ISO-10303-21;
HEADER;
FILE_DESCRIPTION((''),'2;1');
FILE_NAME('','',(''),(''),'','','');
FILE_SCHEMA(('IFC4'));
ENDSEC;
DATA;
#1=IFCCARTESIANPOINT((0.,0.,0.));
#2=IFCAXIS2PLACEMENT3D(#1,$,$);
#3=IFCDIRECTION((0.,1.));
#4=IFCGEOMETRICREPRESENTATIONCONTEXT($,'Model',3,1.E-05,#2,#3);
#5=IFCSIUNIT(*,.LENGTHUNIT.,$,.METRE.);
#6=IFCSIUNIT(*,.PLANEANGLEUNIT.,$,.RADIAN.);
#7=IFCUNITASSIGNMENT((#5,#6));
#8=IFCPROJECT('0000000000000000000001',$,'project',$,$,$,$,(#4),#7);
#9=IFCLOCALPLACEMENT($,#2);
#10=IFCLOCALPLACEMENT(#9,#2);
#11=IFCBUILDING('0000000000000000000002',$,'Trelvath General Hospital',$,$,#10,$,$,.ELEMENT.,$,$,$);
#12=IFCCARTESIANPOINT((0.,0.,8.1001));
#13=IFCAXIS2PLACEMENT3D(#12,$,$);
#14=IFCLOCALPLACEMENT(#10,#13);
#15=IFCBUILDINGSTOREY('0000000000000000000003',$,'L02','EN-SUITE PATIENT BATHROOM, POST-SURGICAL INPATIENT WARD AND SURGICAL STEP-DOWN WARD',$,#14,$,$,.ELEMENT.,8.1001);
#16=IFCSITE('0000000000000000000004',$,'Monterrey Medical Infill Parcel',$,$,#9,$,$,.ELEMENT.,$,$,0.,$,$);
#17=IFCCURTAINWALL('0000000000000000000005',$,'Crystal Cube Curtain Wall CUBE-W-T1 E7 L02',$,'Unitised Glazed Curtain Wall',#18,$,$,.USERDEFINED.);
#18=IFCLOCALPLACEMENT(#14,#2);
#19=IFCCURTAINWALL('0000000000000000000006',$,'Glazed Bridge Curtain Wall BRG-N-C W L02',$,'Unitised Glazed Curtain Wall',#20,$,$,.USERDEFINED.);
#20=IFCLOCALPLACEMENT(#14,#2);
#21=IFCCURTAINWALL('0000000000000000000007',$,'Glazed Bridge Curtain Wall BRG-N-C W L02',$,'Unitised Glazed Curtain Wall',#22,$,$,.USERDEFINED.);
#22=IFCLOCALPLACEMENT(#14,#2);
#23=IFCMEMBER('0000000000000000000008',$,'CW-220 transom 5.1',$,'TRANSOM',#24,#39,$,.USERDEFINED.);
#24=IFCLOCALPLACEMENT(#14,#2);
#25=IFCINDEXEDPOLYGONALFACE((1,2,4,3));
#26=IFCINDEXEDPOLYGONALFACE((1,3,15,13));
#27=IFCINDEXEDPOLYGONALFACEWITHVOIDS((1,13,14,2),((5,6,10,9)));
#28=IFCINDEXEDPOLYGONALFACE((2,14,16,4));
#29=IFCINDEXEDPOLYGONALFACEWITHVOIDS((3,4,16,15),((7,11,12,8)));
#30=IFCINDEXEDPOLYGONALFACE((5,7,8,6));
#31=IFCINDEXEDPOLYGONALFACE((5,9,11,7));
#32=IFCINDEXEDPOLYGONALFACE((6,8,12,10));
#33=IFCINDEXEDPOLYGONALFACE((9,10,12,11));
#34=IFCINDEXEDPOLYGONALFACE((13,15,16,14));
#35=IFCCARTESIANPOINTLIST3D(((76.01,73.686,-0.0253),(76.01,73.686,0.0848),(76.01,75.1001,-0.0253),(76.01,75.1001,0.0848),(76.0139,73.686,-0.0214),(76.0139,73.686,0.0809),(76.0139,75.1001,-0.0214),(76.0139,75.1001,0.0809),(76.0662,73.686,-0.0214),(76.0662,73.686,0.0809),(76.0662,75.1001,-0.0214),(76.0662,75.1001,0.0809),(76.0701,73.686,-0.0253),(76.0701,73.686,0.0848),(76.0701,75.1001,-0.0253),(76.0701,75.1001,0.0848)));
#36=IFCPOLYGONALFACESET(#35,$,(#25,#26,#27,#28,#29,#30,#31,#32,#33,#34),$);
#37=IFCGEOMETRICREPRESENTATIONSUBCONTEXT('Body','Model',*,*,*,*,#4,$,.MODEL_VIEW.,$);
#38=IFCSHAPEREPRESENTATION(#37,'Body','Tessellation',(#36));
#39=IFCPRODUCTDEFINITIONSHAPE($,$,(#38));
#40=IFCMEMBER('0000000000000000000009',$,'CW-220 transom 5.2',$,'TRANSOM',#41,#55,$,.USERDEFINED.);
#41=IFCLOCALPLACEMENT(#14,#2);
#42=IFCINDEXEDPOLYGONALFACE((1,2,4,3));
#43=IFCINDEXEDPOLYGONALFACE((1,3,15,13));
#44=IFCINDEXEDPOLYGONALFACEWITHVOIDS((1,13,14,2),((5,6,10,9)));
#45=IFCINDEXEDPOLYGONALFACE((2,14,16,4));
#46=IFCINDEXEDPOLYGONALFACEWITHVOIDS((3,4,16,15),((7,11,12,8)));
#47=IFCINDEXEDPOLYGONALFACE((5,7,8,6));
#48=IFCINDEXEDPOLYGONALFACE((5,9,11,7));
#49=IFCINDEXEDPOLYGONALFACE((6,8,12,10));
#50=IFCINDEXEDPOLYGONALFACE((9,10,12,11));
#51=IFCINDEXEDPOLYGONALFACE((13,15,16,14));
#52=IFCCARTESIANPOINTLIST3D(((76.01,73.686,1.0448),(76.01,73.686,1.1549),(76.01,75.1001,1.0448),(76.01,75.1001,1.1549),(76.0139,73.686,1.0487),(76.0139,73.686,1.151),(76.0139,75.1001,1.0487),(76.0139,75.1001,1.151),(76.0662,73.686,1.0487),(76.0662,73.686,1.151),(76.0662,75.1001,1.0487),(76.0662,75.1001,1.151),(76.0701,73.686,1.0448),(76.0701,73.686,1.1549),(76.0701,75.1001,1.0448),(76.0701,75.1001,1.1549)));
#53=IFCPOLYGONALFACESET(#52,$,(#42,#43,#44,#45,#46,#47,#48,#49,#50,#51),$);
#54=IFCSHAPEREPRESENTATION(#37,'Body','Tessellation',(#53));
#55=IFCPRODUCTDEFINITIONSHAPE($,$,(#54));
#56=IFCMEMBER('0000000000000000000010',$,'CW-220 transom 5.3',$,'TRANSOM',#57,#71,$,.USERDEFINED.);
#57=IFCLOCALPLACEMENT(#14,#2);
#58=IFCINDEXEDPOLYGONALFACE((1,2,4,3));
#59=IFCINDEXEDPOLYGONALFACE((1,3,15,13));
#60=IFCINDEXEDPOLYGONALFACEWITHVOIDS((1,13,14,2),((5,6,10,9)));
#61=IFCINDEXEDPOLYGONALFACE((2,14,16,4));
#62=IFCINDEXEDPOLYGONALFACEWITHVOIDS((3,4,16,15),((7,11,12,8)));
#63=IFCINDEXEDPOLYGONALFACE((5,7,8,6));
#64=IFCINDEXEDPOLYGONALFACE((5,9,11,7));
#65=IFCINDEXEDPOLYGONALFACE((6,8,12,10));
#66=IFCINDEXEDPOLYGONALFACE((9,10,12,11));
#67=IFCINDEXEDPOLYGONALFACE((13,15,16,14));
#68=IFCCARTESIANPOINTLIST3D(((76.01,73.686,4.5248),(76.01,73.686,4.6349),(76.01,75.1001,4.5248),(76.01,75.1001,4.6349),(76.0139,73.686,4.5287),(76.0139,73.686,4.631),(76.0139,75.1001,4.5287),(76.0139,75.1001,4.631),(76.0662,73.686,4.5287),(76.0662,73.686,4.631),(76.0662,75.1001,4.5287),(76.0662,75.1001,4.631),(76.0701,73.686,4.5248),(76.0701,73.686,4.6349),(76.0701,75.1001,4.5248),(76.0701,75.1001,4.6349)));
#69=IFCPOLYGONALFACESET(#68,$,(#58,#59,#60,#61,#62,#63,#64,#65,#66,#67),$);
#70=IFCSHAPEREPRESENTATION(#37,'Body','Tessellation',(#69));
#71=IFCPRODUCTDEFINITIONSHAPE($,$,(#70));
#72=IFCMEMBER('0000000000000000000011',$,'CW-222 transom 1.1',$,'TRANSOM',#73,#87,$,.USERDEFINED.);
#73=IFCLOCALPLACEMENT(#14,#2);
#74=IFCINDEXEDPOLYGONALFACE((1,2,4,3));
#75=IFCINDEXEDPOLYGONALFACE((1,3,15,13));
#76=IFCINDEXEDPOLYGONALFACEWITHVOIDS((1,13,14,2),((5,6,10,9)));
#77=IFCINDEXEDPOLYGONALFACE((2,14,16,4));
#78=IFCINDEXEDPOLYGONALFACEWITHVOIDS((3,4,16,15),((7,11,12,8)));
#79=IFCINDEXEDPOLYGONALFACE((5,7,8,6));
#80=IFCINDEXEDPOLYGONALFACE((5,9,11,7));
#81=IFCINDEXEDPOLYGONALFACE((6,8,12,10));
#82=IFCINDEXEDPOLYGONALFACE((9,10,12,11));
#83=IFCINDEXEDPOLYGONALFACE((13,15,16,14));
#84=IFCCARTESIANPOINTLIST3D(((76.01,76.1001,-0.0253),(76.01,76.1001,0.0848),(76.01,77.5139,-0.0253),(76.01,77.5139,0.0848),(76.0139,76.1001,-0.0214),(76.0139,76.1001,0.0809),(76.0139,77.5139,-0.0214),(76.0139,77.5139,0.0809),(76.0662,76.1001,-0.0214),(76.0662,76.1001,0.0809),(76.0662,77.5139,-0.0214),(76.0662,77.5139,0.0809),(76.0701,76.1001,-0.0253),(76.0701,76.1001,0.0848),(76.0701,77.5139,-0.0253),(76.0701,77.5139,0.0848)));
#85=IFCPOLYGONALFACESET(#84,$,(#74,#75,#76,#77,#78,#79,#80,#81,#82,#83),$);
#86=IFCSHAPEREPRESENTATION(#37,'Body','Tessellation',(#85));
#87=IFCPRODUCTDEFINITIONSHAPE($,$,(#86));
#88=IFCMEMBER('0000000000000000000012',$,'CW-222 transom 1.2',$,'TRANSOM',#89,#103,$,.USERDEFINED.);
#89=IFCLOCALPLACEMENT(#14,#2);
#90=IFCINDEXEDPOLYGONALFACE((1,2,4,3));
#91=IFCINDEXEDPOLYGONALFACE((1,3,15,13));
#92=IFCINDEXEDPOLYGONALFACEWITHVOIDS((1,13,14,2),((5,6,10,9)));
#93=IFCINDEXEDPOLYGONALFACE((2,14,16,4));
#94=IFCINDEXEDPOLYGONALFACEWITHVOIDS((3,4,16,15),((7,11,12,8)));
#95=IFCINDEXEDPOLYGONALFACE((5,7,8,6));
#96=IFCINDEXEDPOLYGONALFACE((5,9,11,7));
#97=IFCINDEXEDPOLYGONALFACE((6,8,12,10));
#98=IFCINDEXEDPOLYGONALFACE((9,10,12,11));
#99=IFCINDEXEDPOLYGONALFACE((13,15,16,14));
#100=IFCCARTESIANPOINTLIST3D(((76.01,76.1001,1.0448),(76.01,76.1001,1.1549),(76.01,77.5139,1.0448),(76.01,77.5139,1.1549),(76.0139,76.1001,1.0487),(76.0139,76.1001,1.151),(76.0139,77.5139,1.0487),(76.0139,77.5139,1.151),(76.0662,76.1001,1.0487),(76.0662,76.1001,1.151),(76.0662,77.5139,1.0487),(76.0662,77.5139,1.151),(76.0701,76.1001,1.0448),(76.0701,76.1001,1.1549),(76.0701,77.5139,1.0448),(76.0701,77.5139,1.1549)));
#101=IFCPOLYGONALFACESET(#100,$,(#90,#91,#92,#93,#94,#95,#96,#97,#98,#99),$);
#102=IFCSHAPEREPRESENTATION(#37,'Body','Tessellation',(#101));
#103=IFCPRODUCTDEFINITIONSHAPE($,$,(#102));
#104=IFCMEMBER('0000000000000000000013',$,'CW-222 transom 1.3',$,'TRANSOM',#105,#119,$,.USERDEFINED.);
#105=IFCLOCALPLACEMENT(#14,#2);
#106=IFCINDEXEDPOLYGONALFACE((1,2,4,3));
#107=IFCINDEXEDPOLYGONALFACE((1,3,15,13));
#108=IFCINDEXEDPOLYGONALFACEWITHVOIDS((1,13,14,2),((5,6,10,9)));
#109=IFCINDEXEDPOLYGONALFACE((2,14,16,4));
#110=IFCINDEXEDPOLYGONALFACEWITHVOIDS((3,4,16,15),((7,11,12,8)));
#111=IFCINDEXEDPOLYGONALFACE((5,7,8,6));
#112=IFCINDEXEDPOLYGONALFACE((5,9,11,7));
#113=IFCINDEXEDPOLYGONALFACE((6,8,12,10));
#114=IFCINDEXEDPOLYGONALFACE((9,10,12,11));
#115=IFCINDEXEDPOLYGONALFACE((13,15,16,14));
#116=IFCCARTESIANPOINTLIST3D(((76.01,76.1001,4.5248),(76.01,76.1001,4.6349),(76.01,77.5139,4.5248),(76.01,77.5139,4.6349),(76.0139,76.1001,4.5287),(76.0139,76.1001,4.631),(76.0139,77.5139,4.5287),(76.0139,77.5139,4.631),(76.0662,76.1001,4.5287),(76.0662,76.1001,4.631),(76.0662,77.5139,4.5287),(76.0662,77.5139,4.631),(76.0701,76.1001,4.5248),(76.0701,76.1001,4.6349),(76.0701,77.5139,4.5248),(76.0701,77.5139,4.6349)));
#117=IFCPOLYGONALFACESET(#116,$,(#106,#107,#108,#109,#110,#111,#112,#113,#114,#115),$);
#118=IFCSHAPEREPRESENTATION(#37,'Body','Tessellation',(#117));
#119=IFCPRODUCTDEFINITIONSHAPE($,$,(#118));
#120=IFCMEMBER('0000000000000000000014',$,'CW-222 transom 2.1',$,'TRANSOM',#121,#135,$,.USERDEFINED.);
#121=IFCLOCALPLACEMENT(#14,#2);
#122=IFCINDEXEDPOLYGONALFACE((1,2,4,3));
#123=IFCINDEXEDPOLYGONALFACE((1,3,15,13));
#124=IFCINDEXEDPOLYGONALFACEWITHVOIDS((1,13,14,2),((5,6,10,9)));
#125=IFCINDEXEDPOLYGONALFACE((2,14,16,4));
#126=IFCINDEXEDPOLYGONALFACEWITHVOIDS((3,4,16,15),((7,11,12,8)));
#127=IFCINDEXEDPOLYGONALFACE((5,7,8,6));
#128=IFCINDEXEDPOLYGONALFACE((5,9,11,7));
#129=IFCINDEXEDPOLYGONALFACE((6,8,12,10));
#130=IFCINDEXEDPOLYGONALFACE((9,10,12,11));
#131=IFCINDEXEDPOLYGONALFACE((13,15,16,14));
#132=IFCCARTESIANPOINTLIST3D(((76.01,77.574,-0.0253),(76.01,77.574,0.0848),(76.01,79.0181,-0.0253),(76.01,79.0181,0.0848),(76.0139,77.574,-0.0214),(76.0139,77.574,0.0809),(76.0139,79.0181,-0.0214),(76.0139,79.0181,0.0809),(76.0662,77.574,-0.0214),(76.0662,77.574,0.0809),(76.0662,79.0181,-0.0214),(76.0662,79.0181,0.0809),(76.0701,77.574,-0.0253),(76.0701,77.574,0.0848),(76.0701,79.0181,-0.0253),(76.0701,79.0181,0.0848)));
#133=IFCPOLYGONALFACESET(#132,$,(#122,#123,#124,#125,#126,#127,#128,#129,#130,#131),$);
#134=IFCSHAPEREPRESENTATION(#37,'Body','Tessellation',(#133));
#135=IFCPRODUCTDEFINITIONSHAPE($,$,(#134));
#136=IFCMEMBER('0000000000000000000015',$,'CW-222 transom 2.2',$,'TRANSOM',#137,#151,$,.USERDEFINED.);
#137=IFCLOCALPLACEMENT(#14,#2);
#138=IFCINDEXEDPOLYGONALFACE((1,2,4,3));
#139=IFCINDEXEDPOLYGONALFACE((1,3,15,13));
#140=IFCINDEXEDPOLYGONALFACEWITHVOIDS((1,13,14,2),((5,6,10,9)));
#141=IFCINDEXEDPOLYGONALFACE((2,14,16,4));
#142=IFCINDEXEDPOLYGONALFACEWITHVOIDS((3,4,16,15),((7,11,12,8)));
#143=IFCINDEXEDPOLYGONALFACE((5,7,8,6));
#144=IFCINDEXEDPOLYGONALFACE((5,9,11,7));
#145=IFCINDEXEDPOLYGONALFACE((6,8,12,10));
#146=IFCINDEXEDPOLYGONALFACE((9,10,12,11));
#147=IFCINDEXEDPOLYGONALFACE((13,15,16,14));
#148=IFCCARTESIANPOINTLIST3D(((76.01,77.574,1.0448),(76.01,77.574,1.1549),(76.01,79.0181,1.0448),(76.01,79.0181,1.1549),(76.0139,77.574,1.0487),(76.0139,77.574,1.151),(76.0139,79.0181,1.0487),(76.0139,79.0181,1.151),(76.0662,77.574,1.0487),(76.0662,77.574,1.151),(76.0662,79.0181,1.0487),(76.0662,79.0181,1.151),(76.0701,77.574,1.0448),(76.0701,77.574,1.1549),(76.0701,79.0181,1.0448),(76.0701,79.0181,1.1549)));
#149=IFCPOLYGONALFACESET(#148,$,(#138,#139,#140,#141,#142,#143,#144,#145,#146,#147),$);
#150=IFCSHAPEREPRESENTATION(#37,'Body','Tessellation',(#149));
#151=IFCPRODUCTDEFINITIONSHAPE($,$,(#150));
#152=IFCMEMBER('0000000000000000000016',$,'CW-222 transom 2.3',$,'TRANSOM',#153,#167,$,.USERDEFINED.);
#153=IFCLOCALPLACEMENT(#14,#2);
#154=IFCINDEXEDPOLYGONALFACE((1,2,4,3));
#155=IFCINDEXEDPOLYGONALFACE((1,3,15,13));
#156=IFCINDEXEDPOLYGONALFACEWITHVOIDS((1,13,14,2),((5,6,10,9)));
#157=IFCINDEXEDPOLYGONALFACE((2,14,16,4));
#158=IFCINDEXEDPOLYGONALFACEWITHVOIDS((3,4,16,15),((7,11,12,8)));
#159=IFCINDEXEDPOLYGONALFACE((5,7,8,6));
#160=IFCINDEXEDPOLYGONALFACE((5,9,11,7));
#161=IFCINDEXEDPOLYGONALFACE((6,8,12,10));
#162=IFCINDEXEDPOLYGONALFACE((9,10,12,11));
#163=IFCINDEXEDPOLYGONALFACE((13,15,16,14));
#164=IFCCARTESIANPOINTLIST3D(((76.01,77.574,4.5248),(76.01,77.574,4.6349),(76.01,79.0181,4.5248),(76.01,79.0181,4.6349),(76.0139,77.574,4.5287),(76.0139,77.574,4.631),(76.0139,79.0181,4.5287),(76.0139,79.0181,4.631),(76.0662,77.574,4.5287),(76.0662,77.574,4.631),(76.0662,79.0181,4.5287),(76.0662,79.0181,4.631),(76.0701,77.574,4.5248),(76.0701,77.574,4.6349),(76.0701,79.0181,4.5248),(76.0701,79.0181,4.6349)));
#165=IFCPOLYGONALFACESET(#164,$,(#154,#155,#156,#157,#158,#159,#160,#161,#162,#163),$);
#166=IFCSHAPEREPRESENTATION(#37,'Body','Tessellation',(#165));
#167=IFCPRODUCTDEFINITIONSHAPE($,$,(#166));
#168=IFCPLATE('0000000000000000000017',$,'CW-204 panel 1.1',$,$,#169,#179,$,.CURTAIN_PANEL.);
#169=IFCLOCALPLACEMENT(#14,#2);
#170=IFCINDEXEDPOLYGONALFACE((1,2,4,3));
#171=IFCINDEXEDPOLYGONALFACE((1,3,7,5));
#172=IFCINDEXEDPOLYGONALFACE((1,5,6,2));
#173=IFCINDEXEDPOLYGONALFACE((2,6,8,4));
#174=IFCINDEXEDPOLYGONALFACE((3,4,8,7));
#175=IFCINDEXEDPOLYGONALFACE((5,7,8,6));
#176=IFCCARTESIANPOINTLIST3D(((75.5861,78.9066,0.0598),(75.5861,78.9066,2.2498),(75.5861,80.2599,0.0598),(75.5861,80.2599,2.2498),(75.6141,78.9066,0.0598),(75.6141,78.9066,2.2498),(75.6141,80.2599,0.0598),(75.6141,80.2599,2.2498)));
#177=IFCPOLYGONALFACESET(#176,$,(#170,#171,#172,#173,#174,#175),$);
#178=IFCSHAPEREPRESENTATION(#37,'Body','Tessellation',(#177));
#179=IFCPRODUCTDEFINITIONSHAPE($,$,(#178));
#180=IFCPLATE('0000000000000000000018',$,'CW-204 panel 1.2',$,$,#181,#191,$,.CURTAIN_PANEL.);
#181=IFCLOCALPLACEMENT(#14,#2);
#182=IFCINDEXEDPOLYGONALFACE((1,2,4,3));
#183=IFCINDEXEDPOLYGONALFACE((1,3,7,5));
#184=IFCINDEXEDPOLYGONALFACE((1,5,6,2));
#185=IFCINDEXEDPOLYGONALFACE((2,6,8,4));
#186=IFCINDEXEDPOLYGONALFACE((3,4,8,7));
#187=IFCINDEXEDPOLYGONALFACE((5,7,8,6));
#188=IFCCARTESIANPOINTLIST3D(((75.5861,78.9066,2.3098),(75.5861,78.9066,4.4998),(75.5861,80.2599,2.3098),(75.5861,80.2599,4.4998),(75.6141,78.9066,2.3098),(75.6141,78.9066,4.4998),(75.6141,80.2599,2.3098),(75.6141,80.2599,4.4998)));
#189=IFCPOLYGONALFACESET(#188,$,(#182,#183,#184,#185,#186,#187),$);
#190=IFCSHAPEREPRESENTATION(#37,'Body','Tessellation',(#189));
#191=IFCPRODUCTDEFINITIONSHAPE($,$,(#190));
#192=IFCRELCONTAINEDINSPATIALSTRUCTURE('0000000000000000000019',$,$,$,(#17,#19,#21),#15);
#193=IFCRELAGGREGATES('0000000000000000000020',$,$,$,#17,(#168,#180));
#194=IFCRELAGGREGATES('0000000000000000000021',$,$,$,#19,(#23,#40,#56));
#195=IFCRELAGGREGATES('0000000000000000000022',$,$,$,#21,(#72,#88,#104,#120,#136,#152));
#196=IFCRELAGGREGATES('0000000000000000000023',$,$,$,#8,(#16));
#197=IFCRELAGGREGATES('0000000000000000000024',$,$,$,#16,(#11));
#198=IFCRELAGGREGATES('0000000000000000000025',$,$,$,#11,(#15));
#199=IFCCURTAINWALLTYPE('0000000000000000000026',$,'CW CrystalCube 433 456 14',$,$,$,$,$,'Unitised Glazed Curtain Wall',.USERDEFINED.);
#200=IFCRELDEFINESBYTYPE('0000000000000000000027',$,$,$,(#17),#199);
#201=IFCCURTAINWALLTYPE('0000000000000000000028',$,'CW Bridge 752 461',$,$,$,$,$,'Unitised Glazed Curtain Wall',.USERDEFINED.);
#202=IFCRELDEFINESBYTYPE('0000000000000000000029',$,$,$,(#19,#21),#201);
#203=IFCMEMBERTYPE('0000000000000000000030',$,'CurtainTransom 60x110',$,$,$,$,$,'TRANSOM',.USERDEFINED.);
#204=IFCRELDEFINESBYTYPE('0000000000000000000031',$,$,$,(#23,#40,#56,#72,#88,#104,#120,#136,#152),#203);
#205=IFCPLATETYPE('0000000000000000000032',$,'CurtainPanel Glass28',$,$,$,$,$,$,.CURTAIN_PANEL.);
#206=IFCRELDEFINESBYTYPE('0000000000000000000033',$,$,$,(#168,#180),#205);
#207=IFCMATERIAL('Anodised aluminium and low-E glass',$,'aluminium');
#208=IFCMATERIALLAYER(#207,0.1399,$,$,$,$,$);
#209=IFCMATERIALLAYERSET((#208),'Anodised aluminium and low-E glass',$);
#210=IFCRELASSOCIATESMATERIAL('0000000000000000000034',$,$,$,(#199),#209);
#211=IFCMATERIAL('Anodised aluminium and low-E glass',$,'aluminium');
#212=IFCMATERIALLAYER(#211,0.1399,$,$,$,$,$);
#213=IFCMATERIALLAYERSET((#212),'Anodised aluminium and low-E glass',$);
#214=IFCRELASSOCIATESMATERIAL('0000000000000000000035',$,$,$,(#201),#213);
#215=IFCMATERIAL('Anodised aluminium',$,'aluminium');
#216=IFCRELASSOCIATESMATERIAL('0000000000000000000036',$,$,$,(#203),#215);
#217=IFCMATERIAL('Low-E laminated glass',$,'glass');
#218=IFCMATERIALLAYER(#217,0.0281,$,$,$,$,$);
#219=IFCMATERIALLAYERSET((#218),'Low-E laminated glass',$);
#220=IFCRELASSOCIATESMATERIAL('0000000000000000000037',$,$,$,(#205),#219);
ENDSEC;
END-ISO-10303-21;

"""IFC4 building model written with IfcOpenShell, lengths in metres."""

from ifc_helpers import new_model, si_unit, direction, frame, origin, origin_2d, place, context, subcontext, project, spatial, rectangle, hollow_rectangle, extrude, material, layer, layer_set, material_profile, profile_set, type_object, element, aggregate, save


model = new_model("IFC4")

# Units and contexts
model_context = context("Model", 3, precision=1e-05, world=origin(), true_north=direction((0.0, 1.0)))
body_context = subcontext(model_context, "Body", "Model", "MODEL_VIEW")
ifc_project = project(units=[si_unit("LENGTHUNIT", "METRE"), si_unit("PLANEANGLEUNIT", "RADIAN")], contexts=[model_context])

# Site, building, storey
site_placement = place(None, origin())
site = spatial("IfcSite", under=ifc_project, at=site_placement, Name="Monterrey Medical Infill Parcel", CompositionType="ELEMENT", RefElevation=0.0)
building_placement = place(site_placement, origin())
building = spatial("IfcBuilding", under=site, at=building_placement, Name="Trelvath General Hospital", CompositionType="ELEMENT")
storey_placement = place(building_placement, frame((0.0, 0.0, 8.1001)))
storey = spatial("IfcBuildingStorey", under=building, at=storey_placement, Name="L02", Description="EN-SUITE PATIENT BATHROOM, POST-SURGICAL INPATIENT WARD AND SURGICAL STEP-DOWN WARD", CompositionType="ELEMENT", Elevation=8.1001)

# Curtain wall
ifc_material_1 = material(Name="Anodised aluminium and low-E glass", Category="aluminium")
ifc_layer_1 = layer(ifc_material_1, 0.1399)
ifc_layer_set_1 = layer_set([ifc_layer_1], Name="Anodised aluminium and low-E glass")
curtain_wall_type_1 = type_object("IfcCurtainWallType", Name="CW CrystalCube 433 456 14", ElementType="Unitised Glazed Curtain Wall", PredefinedType="USERDEFINED", material=ifc_layer_set_1)
curtain_wall_1_placement = place(storey_placement, origin())
curtain_wall_1 = element("IfcCurtainWall", 1, at=curtain_wall_1_placement, inside=storey, type_object=curtain_wall_type_1, Name="Crystal Cube Curtain Wall CUBE-W-T1 E7 L02", ObjectType="Unitised Glazed Curtain Wall", PredefinedType="USERDEFINED")

# Curtain wall
ifc_material_2 = material(Name="Anodised aluminium and low-E glass", Category="aluminium")
ifc_layer_2 = layer(ifc_material_2, 0.1399)
ifc_layer_set_2 = layer_set([ifc_layer_2], Name="Anodised aluminium and low-E glass")
curtain_wall_type_2 = type_object("IfcCurtainWallType", Name="CW Bridge 752 461", ElementType="Unitised Glazed Curtain Wall", PredefinedType="USERDEFINED", material=ifc_layer_set_2)
curtain_wall_2_placement = place(storey_placement, origin())
curtain_wall_2 = element("IfcCurtainWall", 2, at=curtain_wall_2_placement, inside=storey, type_object=curtain_wall_type_2, Name="Glazed Bridge Curtain Wall BRG-N-C W L02", ObjectType="Unitised Glazed Curtain Wall", PredefinedType="USERDEFINED")

# Curtain wall
curtain_wall_3_placement = place(storey_placement, origin())
curtain_wall_3 = element("IfcCurtainWall", 3, at=curtain_wall_3_placement, inside=storey, type_object=curtain_wall_type_2, Name="Glazed Bridge Curtain Wall BRG-N-C W L02", ObjectType="Unitised Glazed Curtain Wall", PredefinedType="USERDEFINED")

# Members
ifc_material_3 = material(Name="Anodised aluminium", Category="aluminium")
ifc_material_profile_1 = material_profile(ifc_material_3, hollow_rectangle(XDim=0.0601, YDim=0.1101, WallThickness=0.0039, at=origin_2d()), Name="RHS60x110x4")
ifc_profile_set_1 = profile_set([ifc_material_profile_1], Name="Anodised aluminium")
member_type_1 = type_object("IfcMemberType", Name="CurtainTransom 60x110", ElementType="TRANSOM", PredefinedType="USERDEFINED", material=ifc_profile_set_1)
member_1_placement = place(storey_placement, frame((76.04, 73.686, 0.0298), z_axis=(0.0, 1.0, 0.0), x_axis=(-1.0, 0.0, 0.0)))
member_1 = element("IfcMember", 4, at=member_1_placement, type_object=member_type_1, Name="CW-220 transom 5.1", ObjectType="TRANSOM", PredefinedType="USERDEFINED", context=body_context, shape_type="SweptSolid", body=[
    extrude(hollow_rectangle(XDim=0.0601, YDim=0.1101, WallThickness=0.0039, at=origin_2d()), origin(), (0.0, 0.0, 1.0), 1.4141),
])
member_2_placement = place(storey_placement, frame((76.04, 73.686, 1.0999), z_axis=(0.0, 1.0, 0.0), x_axis=(-1.0, 0.0, 0.0)))
member_2 = element("IfcMember", 5, at=member_2_placement, type_object=member_type_1, Name="CW-220 transom 5.2", ObjectType="TRANSOM", PredefinedType="USERDEFINED", context=body_context, shape_type="SweptSolid", body=[
    extrude(hollow_rectangle(XDim=0.0601, YDim=0.1101, WallThickness=0.0039, at=origin_2d()), origin(), (0.0, 0.0, 1.0), 1.4141),
])
member_3_placement = place(storey_placement, frame((76.04, 73.686, 4.5798), z_axis=(0.0, 1.0, 0.0), x_axis=(-1.0, 0.0, 0.0)))
member_3 = element("IfcMember", 6, at=member_3_placement, type_object=member_type_1, Name="CW-220 transom 5.3", ObjectType="TRANSOM", PredefinedType="USERDEFINED", context=body_context, shape_type="SweptSolid", body=[
    extrude(hollow_rectangle(XDim=0.0601, YDim=0.1101, WallThickness=0.0039, at=origin_2d()), origin(), (0.0, 0.0, 1.0), 1.4141),
])
member_4_placement = place(storey_placement, frame((76.04, 76.1001, 0.0298), z_axis=(0.0, 1.0, 0.0), x_axis=(-1.0, 0.0, 0.0)))
member_4 = element("IfcMember", 7, at=member_4_placement, type_object=member_type_1, Name="CW-222 transom 1.1", ObjectType="TRANSOM", PredefinedType="USERDEFINED", context=body_context, shape_type="SweptSolid", body=[
    extrude(hollow_rectangle(XDim=0.0601, YDim=0.1101, WallThickness=0.0039, at=origin_2d()), origin(), (0.0, 0.0, 1.0), 1.4138),
])
member_5_placement = place(storey_placement, frame((76.04, 76.1001, 1.0999), z_axis=(0.0, 1.0, 0.0), x_axis=(-1.0, 0.0, 0.0)))
member_5 = element("IfcMember", 8, at=member_5_placement, type_object=member_type_1, Name="CW-222 transom 1.2", ObjectType="TRANSOM", PredefinedType="USERDEFINED", context=body_context, shape_type="SweptSolid", body=[
    extrude(hollow_rectangle(XDim=0.0601, YDim=0.1101, WallThickness=0.0039, at=origin_2d()), origin(), (0.0, 0.0, 1.0), 1.4138),
])
member_6_placement = place(storey_placement, frame((76.04, 76.1001, 4.5798), z_axis=(0.0, 1.0, 0.0), x_axis=(-1.0, 0.0, 0.0)))
member_6 = element("IfcMember", 9, at=member_6_placement, type_object=member_type_1, Name="CW-222 transom 1.3", ObjectType="TRANSOM", PredefinedType="USERDEFINED", context=body_context, shape_type="SweptSolid", body=[
    extrude(hollow_rectangle(XDim=0.0601, YDim=0.1101, WallThickness=0.0039, at=origin_2d()), origin(), (0.0, 0.0, 1.0), 1.4138),
])
member_7_placement = place(storey_placement, frame((76.04, 77.574, 0.0298), z_axis=(0.0, 1.0, 0.0), x_axis=(-1.0, 0.0, 0.0)))
member_7 = element("IfcMember", 10, at=member_7_placement, type_object=member_type_1, Name="CW-222 transom 2.1", ObjectType="TRANSOM", PredefinedType="USERDEFINED", context=body_context, shape_type="SweptSolid", body=[
    extrude(hollow_rectangle(XDim=0.0601, YDim=0.1101, WallThickness=0.0039, at=origin_2d()), origin(), (0.0, 0.0, 1.0), 1.4441),
])
member_8_placement = place(storey_placement, frame((76.04, 77.574, 1.0999), z_axis=(0.0, 1.0, 0.0), x_axis=(-1.0, 0.0, 0.0)))
member_8 = element("IfcMember", 11, at=member_8_placement, type_object=member_type_1, Name="CW-222 transom 2.2", ObjectType="TRANSOM", PredefinedType="USERDEFINED", context=body_context, shape_type="SweptSolid", body=[
    extrude(hollow_rectangle(XDim=0.0601, YDim=0.1101, WallThickness=0.0039, at=origin_2d()), origin(), (0.0, 0.0, 1.0), 1.4441),
])
member_9_placement = place(storey_placement, frame((76.04, 77.574, 4.5798), z_axis=(0.0, 1.0, 0.0), x_axis=(-1.0, 0.0, 0.0)))
member_9 = element("IfcMember", 12, at=member_9_placement, type_object=member_type_1, Name="CW-222 transom 2.3", ObjectType="TRANSOM", PredefinedType="USERDEFINED", context=body_context, shape_type="SweptSolid", body=[
    extrude(hollow_rectangle(XDim=0.0601, YDim=0.1101, WallThickness=0.0039, at=origin_2d()), origin(), (0.0, 0.0, 1.0), 1.4441),
])

# Plates
ifc_material_4 = material(Name="Low-E laminated glass", Category="glass")
ifc_layer_3 = layer(ifc_material_4, 0.0281)
ifc_layer_set_3 = layer_set([ifc_layer_3], Name="Low-E laminated glass")
plate_type = type_object("IfcPlateType", Name="CurtainPanel Glass28", PredefinedType="CURTAIN_PANEL", material=ifc_layer_set_3)
plate_1_placement = place(storey_placement, frame((75.6001, 79.5833, 0.0598), z_axis=(0.0, 0.0, 1.0), x_axis=(0.0, -1.0, 0.0)))
plate_1 = element("IfcPlate", 13, at=plate_1_placement, type_object=plate_type, Name="CW-204 panel 1.1", PredefinedType="CURTAIN_PANEL", context=body_context, shape_type="SweptSolid", body=[
    extrude(rectangle(XDim=1.3533, YDim=0.0281, at=origin_2d()), origin(), (0.0, 0.0, 1.0), 2.1899),
])
plate_2_placement = place(storey_placement, frame((75.6001, 79.5833, 2.3098), z_axis=(0.0, 0.0, 1.0), x_axis=(0.0, -1.0, 0.0)))
plate_2 = element("IfcPlate", 14, at=plate_2_placement, type_object=plate_type, Name="CW-204 panel 1.2", PredefinedType="CURTAIN_PANEL", context=body_context, shape_type="SweptSolid", body=[
    extrude(rectangle(XDim=1.3533, YDim=0.0281, at=origin_2d()), origin(), (0.0, 0.0, 1.0), 2.1899),
])
aggregate(curtain_wall_1, [plate_1, plate_2])
aggregate(curtain_wall_2, [member_1, member_2, member_3])
aggregate(curtain_wall_3, [member_4, member_5, member_6, member_7, member_8, member_9])

save(model, "model.ifc")
